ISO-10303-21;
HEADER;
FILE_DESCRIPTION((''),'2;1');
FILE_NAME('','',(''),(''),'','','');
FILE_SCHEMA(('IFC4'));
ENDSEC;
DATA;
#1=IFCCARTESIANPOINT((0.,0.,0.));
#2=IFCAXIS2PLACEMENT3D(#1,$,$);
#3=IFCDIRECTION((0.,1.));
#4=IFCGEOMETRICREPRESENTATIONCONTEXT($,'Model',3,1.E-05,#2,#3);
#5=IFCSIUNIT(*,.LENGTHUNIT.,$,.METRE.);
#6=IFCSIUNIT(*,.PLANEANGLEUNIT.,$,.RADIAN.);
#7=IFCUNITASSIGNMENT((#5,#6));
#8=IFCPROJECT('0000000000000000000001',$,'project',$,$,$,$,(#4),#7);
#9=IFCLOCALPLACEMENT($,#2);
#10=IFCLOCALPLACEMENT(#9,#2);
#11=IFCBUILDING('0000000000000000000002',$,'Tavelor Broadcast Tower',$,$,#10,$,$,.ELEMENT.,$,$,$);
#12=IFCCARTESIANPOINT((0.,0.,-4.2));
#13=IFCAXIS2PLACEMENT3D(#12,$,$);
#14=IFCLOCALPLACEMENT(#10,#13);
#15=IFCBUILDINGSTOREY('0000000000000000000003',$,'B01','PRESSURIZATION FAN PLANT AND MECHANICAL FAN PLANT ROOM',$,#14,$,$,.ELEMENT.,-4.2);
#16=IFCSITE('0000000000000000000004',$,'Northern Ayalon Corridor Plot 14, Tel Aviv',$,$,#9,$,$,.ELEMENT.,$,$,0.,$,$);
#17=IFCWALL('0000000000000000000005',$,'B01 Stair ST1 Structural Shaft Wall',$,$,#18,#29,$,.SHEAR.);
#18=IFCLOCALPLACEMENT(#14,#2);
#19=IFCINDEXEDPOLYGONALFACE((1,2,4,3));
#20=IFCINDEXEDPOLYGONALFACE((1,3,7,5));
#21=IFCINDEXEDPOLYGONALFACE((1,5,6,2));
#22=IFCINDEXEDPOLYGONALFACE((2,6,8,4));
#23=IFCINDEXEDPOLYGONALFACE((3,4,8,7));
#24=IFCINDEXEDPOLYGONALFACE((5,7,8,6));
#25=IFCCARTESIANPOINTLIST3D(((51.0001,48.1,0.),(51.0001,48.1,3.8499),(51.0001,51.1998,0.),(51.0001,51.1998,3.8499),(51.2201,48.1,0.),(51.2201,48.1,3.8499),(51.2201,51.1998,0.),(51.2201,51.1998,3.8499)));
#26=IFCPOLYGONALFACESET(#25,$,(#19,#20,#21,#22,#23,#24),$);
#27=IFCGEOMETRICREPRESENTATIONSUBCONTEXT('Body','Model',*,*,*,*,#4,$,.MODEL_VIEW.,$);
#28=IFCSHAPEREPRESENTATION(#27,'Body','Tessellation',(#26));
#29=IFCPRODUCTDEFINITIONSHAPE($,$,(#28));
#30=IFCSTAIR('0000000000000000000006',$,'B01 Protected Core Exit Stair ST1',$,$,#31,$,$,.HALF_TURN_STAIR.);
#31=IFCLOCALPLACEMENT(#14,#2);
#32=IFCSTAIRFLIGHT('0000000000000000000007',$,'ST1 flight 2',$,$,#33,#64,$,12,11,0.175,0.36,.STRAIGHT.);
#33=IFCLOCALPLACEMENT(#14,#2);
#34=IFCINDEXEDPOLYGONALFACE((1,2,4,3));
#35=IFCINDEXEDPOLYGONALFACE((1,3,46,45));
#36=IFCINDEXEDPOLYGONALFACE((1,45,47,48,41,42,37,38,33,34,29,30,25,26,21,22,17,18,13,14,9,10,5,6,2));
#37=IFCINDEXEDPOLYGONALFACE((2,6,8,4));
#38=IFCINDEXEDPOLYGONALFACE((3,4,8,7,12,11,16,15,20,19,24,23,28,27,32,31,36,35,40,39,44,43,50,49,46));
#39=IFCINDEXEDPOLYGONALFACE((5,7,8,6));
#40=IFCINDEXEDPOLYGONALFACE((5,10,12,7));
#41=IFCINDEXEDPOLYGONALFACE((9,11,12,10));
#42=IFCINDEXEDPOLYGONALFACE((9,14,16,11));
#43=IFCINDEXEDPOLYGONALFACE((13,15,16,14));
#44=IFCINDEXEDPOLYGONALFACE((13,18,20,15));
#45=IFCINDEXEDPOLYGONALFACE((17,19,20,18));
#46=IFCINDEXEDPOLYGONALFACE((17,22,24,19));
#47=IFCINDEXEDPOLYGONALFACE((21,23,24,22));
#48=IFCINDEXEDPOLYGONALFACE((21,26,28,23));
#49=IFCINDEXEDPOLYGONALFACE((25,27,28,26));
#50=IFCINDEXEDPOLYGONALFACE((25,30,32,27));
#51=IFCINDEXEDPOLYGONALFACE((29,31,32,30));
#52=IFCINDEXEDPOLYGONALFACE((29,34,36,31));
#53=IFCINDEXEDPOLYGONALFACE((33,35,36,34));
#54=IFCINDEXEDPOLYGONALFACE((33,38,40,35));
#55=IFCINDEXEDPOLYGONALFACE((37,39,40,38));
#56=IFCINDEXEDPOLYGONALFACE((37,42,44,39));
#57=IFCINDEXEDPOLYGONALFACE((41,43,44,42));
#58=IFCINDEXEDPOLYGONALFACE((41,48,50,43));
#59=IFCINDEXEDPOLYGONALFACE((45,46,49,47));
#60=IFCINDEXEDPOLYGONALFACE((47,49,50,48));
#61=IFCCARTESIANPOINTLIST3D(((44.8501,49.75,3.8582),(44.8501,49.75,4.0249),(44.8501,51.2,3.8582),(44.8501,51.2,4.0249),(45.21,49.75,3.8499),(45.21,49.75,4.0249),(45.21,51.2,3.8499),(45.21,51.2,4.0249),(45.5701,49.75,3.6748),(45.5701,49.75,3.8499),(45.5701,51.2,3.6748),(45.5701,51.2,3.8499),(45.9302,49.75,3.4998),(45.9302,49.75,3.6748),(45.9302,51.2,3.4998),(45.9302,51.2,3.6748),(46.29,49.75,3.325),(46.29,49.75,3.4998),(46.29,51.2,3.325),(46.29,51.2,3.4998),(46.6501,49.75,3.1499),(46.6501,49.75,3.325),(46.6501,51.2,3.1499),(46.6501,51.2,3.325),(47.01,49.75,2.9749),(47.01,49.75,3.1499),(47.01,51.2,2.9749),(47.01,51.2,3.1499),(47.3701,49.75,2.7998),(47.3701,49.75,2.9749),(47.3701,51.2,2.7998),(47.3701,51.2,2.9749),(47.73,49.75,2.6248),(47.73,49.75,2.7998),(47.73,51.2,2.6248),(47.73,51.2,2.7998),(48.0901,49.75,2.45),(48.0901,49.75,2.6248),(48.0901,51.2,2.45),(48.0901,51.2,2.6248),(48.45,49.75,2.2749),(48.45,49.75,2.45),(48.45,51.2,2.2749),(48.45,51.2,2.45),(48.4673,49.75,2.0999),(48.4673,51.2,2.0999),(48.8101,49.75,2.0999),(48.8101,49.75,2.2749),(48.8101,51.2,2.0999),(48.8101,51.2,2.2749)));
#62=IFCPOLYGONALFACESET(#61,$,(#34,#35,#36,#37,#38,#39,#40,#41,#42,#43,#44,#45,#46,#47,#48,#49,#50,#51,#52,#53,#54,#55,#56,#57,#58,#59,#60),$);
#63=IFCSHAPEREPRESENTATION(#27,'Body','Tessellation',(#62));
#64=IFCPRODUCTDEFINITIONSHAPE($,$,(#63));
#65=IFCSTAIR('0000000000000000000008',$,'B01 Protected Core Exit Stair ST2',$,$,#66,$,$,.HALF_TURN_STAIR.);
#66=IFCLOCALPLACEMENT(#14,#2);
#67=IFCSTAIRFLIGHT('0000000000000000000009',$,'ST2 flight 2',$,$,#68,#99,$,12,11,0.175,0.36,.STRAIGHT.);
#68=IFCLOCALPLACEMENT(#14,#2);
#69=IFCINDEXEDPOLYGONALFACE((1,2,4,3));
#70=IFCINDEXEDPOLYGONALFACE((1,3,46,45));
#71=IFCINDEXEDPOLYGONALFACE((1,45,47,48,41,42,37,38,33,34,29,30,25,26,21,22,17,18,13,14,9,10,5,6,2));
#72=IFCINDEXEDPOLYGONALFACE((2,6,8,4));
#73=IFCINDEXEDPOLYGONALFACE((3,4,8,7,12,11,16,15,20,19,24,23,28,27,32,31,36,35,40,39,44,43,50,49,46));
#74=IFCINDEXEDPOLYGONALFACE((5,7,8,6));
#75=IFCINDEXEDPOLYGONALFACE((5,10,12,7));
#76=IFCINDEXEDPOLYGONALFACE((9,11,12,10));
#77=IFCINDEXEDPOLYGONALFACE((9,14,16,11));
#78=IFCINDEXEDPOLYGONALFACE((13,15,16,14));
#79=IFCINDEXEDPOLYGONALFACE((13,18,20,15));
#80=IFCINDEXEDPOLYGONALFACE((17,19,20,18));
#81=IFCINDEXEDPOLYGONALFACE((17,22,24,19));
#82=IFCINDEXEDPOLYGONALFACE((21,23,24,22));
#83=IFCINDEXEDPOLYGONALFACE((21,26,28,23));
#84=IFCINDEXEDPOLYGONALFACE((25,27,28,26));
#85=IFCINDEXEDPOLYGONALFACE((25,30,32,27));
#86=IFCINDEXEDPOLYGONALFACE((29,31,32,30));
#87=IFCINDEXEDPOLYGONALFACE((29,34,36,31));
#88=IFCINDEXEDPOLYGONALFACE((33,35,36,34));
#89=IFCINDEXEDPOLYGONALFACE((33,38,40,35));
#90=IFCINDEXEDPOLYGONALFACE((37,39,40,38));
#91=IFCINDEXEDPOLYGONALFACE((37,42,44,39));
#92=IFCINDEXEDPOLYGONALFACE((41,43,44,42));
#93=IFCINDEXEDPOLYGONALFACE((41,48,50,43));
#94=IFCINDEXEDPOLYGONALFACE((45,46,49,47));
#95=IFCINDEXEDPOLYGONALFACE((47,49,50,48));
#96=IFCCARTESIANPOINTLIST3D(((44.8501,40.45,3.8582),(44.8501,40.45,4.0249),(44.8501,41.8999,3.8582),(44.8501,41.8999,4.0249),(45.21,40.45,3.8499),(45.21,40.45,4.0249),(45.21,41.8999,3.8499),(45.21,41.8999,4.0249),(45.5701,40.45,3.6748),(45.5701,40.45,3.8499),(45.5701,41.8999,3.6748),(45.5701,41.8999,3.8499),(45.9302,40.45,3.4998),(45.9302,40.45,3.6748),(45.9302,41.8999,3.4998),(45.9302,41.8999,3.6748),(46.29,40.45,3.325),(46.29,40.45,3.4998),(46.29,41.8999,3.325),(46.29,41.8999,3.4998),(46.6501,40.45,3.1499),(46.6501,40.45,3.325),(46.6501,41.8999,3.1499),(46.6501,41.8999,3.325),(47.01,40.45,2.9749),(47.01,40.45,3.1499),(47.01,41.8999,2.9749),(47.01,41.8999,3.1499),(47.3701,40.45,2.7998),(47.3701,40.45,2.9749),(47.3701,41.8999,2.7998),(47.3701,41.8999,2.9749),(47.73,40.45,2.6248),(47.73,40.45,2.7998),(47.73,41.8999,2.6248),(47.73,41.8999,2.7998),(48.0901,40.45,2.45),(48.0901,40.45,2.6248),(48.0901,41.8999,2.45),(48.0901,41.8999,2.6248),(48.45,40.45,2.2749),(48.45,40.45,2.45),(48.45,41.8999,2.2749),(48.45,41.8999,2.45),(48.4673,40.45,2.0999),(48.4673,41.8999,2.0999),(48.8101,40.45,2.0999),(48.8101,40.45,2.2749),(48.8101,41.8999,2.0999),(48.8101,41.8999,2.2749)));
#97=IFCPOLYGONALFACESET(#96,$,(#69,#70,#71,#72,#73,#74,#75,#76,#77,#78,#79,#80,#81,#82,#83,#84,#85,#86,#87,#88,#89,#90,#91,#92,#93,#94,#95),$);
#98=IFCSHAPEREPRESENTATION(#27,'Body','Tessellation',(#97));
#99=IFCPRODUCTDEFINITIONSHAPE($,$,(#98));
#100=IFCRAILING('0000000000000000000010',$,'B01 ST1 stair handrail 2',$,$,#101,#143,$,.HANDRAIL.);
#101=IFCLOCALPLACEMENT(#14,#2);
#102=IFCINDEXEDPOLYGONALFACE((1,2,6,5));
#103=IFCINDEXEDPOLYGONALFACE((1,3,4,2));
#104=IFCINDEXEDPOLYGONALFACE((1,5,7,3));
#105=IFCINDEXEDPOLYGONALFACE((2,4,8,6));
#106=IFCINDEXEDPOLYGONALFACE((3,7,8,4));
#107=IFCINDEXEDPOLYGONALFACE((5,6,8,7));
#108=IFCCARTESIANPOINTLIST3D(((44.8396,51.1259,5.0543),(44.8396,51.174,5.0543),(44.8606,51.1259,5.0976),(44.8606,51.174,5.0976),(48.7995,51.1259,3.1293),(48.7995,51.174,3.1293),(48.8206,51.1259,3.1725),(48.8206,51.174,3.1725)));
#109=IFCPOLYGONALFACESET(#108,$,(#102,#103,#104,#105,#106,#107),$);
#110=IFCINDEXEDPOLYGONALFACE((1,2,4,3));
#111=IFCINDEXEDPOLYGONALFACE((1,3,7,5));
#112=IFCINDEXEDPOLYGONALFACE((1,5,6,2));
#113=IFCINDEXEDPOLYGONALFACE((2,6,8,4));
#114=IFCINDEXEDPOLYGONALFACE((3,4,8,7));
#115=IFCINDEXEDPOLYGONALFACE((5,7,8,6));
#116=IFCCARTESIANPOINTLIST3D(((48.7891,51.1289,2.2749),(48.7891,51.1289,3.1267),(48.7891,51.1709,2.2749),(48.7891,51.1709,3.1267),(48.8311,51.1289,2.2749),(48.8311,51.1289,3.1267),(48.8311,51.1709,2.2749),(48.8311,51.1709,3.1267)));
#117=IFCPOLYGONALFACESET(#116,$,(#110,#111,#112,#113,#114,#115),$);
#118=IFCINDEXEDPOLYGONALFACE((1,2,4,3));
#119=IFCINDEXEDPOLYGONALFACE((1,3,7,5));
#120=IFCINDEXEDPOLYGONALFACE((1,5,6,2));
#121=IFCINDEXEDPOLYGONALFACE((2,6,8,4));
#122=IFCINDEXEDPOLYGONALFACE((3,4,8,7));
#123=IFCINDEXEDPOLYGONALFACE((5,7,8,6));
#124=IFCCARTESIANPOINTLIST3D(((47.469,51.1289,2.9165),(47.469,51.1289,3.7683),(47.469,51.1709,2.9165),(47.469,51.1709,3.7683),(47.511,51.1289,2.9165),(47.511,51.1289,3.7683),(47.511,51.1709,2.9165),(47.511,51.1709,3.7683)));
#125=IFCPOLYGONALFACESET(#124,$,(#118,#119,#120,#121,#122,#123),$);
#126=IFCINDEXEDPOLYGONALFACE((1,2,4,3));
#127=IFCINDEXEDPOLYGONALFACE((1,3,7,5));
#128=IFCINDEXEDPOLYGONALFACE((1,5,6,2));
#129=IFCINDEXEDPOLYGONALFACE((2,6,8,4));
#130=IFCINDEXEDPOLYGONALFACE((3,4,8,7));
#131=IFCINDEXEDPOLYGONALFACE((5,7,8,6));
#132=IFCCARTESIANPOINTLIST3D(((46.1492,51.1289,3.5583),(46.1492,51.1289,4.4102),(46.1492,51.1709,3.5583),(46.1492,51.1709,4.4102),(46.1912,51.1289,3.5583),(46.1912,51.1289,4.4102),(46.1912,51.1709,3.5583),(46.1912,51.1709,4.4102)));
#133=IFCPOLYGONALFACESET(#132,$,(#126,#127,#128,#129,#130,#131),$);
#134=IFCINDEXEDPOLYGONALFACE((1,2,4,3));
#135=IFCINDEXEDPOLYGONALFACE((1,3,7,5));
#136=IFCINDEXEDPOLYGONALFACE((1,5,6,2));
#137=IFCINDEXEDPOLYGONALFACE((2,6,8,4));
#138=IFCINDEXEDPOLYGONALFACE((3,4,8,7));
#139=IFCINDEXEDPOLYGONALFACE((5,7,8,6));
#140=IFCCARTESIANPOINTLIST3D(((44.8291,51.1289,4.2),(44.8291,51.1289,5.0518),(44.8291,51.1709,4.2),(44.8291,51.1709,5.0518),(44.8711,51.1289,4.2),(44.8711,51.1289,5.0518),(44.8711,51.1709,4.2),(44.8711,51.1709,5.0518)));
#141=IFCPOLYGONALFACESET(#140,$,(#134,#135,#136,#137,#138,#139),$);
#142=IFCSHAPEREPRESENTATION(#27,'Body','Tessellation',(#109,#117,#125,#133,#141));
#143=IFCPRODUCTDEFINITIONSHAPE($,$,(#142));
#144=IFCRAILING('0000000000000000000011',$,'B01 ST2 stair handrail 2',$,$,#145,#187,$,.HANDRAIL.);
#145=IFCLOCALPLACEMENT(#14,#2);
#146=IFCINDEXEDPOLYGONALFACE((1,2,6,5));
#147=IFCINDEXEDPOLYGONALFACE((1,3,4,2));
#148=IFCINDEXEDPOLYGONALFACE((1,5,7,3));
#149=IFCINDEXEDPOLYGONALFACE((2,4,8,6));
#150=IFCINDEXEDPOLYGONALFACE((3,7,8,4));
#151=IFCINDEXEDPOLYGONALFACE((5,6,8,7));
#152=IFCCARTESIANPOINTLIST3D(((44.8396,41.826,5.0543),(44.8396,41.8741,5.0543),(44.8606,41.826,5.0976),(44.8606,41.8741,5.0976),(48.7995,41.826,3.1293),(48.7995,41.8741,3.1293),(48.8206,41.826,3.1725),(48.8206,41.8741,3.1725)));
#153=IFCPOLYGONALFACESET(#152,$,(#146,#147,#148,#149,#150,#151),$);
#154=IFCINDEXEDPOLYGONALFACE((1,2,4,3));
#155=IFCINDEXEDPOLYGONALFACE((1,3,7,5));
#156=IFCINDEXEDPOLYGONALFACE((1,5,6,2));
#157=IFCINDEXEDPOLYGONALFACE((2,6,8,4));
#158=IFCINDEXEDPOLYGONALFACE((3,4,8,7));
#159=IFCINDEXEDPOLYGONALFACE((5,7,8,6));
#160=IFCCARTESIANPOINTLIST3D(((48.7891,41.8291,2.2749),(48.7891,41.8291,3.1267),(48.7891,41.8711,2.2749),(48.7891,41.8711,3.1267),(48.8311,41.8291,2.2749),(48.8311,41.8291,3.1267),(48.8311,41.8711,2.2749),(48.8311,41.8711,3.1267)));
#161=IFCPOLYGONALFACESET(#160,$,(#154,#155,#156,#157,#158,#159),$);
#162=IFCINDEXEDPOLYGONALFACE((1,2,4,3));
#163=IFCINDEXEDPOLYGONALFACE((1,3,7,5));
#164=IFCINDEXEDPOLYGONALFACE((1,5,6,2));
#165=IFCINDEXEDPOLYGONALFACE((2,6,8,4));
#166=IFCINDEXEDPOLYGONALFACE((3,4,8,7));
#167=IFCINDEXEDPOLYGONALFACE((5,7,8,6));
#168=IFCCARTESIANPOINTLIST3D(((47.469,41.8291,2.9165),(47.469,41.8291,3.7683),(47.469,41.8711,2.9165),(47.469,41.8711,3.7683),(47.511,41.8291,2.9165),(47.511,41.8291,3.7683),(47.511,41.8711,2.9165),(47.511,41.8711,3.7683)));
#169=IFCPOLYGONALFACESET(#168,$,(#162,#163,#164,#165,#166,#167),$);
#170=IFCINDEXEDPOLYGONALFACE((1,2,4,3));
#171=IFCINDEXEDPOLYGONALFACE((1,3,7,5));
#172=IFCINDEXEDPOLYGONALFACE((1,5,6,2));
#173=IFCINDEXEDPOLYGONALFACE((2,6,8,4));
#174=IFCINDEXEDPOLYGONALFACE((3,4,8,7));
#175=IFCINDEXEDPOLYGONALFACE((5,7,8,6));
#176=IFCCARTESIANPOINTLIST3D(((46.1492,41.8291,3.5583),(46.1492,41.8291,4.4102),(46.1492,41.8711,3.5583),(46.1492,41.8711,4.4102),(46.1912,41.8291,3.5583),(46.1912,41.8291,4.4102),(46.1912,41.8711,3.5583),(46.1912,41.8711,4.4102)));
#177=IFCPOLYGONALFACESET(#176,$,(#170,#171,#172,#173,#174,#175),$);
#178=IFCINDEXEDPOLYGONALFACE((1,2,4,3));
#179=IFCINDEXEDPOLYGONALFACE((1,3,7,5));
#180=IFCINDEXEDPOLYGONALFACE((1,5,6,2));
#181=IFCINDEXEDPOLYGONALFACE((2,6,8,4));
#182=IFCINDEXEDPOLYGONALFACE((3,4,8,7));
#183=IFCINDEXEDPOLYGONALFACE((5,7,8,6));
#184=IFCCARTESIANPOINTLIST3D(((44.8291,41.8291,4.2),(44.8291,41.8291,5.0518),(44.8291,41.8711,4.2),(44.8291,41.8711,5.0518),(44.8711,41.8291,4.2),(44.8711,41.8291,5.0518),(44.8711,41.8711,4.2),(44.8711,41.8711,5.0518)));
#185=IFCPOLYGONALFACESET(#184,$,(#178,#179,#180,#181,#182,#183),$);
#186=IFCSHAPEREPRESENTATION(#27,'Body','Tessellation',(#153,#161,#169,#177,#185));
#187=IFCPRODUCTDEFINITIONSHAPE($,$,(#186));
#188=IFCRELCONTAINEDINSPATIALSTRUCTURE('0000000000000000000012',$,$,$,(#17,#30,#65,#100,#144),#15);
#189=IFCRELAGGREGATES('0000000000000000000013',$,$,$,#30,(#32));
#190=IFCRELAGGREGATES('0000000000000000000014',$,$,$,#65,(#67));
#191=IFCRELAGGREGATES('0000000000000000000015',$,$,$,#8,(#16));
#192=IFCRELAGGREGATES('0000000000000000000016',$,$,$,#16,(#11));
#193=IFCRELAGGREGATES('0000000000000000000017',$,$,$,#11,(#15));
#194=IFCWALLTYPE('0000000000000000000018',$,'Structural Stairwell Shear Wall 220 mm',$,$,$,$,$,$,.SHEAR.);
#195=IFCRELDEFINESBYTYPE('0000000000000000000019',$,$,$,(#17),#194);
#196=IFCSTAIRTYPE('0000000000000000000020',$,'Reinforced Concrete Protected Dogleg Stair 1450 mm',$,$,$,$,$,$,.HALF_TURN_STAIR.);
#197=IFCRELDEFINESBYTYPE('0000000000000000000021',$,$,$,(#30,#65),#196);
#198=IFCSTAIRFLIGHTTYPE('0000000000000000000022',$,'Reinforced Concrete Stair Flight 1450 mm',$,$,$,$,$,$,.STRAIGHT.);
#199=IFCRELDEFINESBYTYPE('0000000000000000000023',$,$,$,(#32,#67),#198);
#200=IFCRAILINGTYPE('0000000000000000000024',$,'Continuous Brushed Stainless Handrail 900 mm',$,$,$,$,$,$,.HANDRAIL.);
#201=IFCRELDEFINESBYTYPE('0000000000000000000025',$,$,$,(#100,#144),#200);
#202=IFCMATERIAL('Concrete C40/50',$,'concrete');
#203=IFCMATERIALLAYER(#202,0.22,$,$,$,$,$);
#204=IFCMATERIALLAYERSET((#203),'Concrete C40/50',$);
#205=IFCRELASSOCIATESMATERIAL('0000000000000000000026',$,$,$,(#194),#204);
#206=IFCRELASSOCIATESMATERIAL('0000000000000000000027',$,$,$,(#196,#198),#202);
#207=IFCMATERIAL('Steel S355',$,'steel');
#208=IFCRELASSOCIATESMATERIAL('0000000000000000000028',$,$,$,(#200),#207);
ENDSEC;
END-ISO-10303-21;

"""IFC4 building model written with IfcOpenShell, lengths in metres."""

from ifc_helpers import new_model, si_unit, direction, frame, frame_2d, origin, origin_2d, place, context, subcontext, project, spatial, polyline, rectangle, outline, extrude, material, layer, layer_set, type_object, element, aggregate, save


model = new_model("IFC4")

# Units and contexts
model_context = context("Model", 3, precision=1e-05, world=origin(), true_north=direction((0.0, 1.0)))
body_context = subcontext(model_context, "Body", "Model", "MODEL_VIEW")
ifc_project = project(units=[si_unit("LENGTHUNIT", "METRE"), si_unit("PLANEANGLEUNIT", "RADIAN")], contexts=[model_context])

# Site, building, storey
site_placement = place(None, origin())
site = spatial("IfcSite", under=ifc_project, at=site_placement, Name="Northern Ayalon Corridor Plot 14, Tel Aviv", CompositionType="ELEMENT", RefElevation=0.0)
building_placement = place(site_placement, origin())
building = spatial("IfcBuilding", under=site, at=building_placement, Name="Tavelor Broadcast Tower", CompositionType="ELEMENT")
storey_placement = place(building_placement, frame((0.0, 0.0, -4.2)))
storey = spatial("IfcBuildingStorey", under=building, at=storey_placement, Name="B01", Description="PRESSURIZATION FAN PLANT AND MECHANICAL FAN PLANT ROOM", CompositionType="ELEMENT", Elevation=-4.2)

# Shared definitions
ifc_material_1 = material(Name="Concrete C40/50", Category="concrete")

# Shared definitions
ifc_material_2 = material(Name="Steel S355", Category="steel")

# Wall
ifc_layer_1 = layer(ifc_material_1, 0.22)
ifc_layer_set_1 = layer_set([ifc_layer_1], Name="Concrete C40/50")
wall_type_1 = type_object("IfcWallType", Name="Structural Stairwell Shear Wall 220 mm", PredefinedType="SHEAR", material=ifc_layer_set_1)
wall_1_placement = place(storey_placement, frame((51.1101, 48.1001, 0.0), z_axis=(0.0, 0.0, 1.0), x_axis=(0.0, 1.0, 0.0)))
element("IfcWall", 1, at=wall_1_placement, inside=storey, type_object=wall_type_1, Name="B01 Stair ST1 Structural Shaft Wall", PredefinedType="SHEAR", context=body_context, shape_type="SweptSolid", body=[
    extrude(rectangle(XDim=3.0999, YDim=0.22, at=frame_2d((1.5498, 0.0))), origin(), (0.0, 0.0, 1.0), 3.8499),
])

# Stairs, stair flights
stair_type = type_object("IfcStairType", Name="Reinforced Concrete Protected Dogleg Stair 1450 mm", PredefinedType="HALF_TURN_STAIR", material=ifc_material_1)
stair_1_placement = place(storey_placement, origin())
stair_1 = element("IfcStair", 2, at=stair_1_placement, inside=storey, type_object=stair_type, Name="B01 Protected Core Exit Stair ST1", PredefinedType="HALF_TURN_STAIR")
stair_flight_type = type_object("IfcStairFlightType", Name="Reinforced Concrete Stair Flight 1450 mm", PredefinedType="STRAIGHT", material=ifc_material_1)
stair_flight_1_placement = place(storey_placement, frame((48.8101, 50.4751, 2.0999), z_axis=(0.0, 0.0, 1.0), x_axis=(-1.0, 0.0, 0.0)))
stair_flight_1 = element("IfcStairFlight", 3, at=stair_flight_1_placement, type_object=stair_flight_type, Name="ST1 flight 2", NumberOfRisers=12, NumberOfTreads=11, PredefinedType="STRAIGHT", RiserHeight=0.175, TreadLength=0.36, context=body_context, shape_type="SweptSolid", body=[
    extrude(outline(polyline([(0.0, 0.0), (0.0, 0.175), (0.3601, 0.175), (0.3601, 0.3501), (0.72, 0.3501), (0.72, 0.5249), (1.0801, 0.5249), (1.0801, 0.7), (1.4399, 0.7), (1.4399, 0.875), (1.8, 0.875), (1.8, 1.05), (2.1599, 1.05), (2.1599, 1.2251), (2.52, 1.2251), (2.52, 1.3999), (2.8799, 1.3999), (2.8799, 1.575), (3.24, 1.575), (3.24, 1.75), (3.6001, 1.75), (3.6001, 1.925), (3.96, 1.925), (3.96, 2.1001), (3.96, 1.7583), (0.3428, 0.0), (0.0, 0.0)])), frame((0.0, 0.7251, 0.0), z_axis=(0.0, -1.0, 0.0), x_axis=(1.0, 0.0, 0.0)), (0.0, 0.0, 1.0), 1.45),
])
aggregate(stair_1, [stair_flight_1])
stair_2_placement = place(storey_placement, origin())
stair_2 = element("IfcStair", 4, at=stair_2_placement, inside=storey, type_object=stair_type, Name="B01 Protected Core Exit Stair ST2", PredefinedType="HALF_TURN_STAIR")
stair_flight_2_placement = place(storey_placement, frame((48.8101, 41.175, 2.0999), z_axis=(0.0, 0.0, 1.0), x_axis=(-1.0, 0.0, 0.0)))
stair_flight_2 = element("IfcStairFlight", 5, at=stair_flight_2_placement, type_object=stair_flight_type, Name="ST2 flight 2", NumberOfRisers=12, NumberOfTreads=11, PredefinedType="STRAIGHT", RiserHeight=0.175, TreadLength=0.36, context=body_context, shape_type="SweptSolid", body=[
    extrude(outline(polyline([(0.0, 0.0), (0.0, 0.175), (0.3601, 0.175), (0.3601, 0.3501), (0.72, 0.3501), (0.72, 0.5249), (1.0801, 0.5249), (1.0801, 0.7), (1.4399, 0.7), (1.4399, 0.875), (1.8, 0.875), (1.8, 1.05), (2.1599, 1.05), (2.1599, 1.2251), (2.52, 1.2251), (2.52, 1.3999), (2.8799, 1.3999), (2.8799, 1.575), (3.24, 1.575), (3.24, 1.75), (3.6001, 1.75), (3.6001, 1.925), (3.96, 1.925), (3.96, 2.1001), (3.96, 1.7583), (0.3428, 0.0), (0.0, 0.0)])), frame((0.0, 0.7251, 0.0), z_axis=(0.0, -1.0, 0.0), x_axis=(1.0, 0.0, 0.0)), (0.0, 0.0, 1.0), 1.45),
])
aggregate(stair_2, [stair_flight_2])

# Railings
railing_type_1 = type_object("IfcRailingType", Name="Continuous Brushed Stainless Handrail 900 mm", PredefinedType="HANDRAIL", material=ifc_material_2)
for number, where, name in (
    (6, (48.8101, 51.1499, 2.2749), "B01 ST1 stair handrail 2"),
    (7, (48.8101, 41.8501, 2.2749), "B01 ST2 stair handrail 2"),
):
    element("IfcRailing", number, at=place(storey_placement, frame(where)), inside=storey, type_object=railing_type_1, Name=name, PredefinedType="HANDRAIL", context=body_context, shape_type="SweptSolid", body=[
        extrude(rectangle(XDim=0.0481, YDim=0.0481, at=origin_2d()), frame((0.0, 0.0, 0.876), z_axis=(-0.899362, 0.0, 0.437205), x_axis=(0.0, -1.0, 0.0)), (0.0, 0.0, 1.0), 4.4031),
        extrude(rectangle(XDim=0.042, YDim=0.042, at=origin_2d()), origin(), (0.0, 0.0, 1.0), 0.8518),
        extrude(rectangle(XDim=0.042, YDim=0.042, at=origin_2d()), frame((-1.3201, 0.0, 0.6416)), (0.0, 0.0, 1.0), 0.8518),
        extrude(rectangle(XDim=0.042, YDim=0.042, at=origin_2d()), frame((-2.6399, 0.0, 1.2834)), (0.0, 0.0, 1.0), 0.8518),
        extrude(rectangle(XDim=0.042, YDim=0.042, at=origin_2d()), frame((-3.96, 0.0, 1.925)), (0.0, 0.0, 1.0), 0.8518),
    ])

save(model, "model.ifc")
